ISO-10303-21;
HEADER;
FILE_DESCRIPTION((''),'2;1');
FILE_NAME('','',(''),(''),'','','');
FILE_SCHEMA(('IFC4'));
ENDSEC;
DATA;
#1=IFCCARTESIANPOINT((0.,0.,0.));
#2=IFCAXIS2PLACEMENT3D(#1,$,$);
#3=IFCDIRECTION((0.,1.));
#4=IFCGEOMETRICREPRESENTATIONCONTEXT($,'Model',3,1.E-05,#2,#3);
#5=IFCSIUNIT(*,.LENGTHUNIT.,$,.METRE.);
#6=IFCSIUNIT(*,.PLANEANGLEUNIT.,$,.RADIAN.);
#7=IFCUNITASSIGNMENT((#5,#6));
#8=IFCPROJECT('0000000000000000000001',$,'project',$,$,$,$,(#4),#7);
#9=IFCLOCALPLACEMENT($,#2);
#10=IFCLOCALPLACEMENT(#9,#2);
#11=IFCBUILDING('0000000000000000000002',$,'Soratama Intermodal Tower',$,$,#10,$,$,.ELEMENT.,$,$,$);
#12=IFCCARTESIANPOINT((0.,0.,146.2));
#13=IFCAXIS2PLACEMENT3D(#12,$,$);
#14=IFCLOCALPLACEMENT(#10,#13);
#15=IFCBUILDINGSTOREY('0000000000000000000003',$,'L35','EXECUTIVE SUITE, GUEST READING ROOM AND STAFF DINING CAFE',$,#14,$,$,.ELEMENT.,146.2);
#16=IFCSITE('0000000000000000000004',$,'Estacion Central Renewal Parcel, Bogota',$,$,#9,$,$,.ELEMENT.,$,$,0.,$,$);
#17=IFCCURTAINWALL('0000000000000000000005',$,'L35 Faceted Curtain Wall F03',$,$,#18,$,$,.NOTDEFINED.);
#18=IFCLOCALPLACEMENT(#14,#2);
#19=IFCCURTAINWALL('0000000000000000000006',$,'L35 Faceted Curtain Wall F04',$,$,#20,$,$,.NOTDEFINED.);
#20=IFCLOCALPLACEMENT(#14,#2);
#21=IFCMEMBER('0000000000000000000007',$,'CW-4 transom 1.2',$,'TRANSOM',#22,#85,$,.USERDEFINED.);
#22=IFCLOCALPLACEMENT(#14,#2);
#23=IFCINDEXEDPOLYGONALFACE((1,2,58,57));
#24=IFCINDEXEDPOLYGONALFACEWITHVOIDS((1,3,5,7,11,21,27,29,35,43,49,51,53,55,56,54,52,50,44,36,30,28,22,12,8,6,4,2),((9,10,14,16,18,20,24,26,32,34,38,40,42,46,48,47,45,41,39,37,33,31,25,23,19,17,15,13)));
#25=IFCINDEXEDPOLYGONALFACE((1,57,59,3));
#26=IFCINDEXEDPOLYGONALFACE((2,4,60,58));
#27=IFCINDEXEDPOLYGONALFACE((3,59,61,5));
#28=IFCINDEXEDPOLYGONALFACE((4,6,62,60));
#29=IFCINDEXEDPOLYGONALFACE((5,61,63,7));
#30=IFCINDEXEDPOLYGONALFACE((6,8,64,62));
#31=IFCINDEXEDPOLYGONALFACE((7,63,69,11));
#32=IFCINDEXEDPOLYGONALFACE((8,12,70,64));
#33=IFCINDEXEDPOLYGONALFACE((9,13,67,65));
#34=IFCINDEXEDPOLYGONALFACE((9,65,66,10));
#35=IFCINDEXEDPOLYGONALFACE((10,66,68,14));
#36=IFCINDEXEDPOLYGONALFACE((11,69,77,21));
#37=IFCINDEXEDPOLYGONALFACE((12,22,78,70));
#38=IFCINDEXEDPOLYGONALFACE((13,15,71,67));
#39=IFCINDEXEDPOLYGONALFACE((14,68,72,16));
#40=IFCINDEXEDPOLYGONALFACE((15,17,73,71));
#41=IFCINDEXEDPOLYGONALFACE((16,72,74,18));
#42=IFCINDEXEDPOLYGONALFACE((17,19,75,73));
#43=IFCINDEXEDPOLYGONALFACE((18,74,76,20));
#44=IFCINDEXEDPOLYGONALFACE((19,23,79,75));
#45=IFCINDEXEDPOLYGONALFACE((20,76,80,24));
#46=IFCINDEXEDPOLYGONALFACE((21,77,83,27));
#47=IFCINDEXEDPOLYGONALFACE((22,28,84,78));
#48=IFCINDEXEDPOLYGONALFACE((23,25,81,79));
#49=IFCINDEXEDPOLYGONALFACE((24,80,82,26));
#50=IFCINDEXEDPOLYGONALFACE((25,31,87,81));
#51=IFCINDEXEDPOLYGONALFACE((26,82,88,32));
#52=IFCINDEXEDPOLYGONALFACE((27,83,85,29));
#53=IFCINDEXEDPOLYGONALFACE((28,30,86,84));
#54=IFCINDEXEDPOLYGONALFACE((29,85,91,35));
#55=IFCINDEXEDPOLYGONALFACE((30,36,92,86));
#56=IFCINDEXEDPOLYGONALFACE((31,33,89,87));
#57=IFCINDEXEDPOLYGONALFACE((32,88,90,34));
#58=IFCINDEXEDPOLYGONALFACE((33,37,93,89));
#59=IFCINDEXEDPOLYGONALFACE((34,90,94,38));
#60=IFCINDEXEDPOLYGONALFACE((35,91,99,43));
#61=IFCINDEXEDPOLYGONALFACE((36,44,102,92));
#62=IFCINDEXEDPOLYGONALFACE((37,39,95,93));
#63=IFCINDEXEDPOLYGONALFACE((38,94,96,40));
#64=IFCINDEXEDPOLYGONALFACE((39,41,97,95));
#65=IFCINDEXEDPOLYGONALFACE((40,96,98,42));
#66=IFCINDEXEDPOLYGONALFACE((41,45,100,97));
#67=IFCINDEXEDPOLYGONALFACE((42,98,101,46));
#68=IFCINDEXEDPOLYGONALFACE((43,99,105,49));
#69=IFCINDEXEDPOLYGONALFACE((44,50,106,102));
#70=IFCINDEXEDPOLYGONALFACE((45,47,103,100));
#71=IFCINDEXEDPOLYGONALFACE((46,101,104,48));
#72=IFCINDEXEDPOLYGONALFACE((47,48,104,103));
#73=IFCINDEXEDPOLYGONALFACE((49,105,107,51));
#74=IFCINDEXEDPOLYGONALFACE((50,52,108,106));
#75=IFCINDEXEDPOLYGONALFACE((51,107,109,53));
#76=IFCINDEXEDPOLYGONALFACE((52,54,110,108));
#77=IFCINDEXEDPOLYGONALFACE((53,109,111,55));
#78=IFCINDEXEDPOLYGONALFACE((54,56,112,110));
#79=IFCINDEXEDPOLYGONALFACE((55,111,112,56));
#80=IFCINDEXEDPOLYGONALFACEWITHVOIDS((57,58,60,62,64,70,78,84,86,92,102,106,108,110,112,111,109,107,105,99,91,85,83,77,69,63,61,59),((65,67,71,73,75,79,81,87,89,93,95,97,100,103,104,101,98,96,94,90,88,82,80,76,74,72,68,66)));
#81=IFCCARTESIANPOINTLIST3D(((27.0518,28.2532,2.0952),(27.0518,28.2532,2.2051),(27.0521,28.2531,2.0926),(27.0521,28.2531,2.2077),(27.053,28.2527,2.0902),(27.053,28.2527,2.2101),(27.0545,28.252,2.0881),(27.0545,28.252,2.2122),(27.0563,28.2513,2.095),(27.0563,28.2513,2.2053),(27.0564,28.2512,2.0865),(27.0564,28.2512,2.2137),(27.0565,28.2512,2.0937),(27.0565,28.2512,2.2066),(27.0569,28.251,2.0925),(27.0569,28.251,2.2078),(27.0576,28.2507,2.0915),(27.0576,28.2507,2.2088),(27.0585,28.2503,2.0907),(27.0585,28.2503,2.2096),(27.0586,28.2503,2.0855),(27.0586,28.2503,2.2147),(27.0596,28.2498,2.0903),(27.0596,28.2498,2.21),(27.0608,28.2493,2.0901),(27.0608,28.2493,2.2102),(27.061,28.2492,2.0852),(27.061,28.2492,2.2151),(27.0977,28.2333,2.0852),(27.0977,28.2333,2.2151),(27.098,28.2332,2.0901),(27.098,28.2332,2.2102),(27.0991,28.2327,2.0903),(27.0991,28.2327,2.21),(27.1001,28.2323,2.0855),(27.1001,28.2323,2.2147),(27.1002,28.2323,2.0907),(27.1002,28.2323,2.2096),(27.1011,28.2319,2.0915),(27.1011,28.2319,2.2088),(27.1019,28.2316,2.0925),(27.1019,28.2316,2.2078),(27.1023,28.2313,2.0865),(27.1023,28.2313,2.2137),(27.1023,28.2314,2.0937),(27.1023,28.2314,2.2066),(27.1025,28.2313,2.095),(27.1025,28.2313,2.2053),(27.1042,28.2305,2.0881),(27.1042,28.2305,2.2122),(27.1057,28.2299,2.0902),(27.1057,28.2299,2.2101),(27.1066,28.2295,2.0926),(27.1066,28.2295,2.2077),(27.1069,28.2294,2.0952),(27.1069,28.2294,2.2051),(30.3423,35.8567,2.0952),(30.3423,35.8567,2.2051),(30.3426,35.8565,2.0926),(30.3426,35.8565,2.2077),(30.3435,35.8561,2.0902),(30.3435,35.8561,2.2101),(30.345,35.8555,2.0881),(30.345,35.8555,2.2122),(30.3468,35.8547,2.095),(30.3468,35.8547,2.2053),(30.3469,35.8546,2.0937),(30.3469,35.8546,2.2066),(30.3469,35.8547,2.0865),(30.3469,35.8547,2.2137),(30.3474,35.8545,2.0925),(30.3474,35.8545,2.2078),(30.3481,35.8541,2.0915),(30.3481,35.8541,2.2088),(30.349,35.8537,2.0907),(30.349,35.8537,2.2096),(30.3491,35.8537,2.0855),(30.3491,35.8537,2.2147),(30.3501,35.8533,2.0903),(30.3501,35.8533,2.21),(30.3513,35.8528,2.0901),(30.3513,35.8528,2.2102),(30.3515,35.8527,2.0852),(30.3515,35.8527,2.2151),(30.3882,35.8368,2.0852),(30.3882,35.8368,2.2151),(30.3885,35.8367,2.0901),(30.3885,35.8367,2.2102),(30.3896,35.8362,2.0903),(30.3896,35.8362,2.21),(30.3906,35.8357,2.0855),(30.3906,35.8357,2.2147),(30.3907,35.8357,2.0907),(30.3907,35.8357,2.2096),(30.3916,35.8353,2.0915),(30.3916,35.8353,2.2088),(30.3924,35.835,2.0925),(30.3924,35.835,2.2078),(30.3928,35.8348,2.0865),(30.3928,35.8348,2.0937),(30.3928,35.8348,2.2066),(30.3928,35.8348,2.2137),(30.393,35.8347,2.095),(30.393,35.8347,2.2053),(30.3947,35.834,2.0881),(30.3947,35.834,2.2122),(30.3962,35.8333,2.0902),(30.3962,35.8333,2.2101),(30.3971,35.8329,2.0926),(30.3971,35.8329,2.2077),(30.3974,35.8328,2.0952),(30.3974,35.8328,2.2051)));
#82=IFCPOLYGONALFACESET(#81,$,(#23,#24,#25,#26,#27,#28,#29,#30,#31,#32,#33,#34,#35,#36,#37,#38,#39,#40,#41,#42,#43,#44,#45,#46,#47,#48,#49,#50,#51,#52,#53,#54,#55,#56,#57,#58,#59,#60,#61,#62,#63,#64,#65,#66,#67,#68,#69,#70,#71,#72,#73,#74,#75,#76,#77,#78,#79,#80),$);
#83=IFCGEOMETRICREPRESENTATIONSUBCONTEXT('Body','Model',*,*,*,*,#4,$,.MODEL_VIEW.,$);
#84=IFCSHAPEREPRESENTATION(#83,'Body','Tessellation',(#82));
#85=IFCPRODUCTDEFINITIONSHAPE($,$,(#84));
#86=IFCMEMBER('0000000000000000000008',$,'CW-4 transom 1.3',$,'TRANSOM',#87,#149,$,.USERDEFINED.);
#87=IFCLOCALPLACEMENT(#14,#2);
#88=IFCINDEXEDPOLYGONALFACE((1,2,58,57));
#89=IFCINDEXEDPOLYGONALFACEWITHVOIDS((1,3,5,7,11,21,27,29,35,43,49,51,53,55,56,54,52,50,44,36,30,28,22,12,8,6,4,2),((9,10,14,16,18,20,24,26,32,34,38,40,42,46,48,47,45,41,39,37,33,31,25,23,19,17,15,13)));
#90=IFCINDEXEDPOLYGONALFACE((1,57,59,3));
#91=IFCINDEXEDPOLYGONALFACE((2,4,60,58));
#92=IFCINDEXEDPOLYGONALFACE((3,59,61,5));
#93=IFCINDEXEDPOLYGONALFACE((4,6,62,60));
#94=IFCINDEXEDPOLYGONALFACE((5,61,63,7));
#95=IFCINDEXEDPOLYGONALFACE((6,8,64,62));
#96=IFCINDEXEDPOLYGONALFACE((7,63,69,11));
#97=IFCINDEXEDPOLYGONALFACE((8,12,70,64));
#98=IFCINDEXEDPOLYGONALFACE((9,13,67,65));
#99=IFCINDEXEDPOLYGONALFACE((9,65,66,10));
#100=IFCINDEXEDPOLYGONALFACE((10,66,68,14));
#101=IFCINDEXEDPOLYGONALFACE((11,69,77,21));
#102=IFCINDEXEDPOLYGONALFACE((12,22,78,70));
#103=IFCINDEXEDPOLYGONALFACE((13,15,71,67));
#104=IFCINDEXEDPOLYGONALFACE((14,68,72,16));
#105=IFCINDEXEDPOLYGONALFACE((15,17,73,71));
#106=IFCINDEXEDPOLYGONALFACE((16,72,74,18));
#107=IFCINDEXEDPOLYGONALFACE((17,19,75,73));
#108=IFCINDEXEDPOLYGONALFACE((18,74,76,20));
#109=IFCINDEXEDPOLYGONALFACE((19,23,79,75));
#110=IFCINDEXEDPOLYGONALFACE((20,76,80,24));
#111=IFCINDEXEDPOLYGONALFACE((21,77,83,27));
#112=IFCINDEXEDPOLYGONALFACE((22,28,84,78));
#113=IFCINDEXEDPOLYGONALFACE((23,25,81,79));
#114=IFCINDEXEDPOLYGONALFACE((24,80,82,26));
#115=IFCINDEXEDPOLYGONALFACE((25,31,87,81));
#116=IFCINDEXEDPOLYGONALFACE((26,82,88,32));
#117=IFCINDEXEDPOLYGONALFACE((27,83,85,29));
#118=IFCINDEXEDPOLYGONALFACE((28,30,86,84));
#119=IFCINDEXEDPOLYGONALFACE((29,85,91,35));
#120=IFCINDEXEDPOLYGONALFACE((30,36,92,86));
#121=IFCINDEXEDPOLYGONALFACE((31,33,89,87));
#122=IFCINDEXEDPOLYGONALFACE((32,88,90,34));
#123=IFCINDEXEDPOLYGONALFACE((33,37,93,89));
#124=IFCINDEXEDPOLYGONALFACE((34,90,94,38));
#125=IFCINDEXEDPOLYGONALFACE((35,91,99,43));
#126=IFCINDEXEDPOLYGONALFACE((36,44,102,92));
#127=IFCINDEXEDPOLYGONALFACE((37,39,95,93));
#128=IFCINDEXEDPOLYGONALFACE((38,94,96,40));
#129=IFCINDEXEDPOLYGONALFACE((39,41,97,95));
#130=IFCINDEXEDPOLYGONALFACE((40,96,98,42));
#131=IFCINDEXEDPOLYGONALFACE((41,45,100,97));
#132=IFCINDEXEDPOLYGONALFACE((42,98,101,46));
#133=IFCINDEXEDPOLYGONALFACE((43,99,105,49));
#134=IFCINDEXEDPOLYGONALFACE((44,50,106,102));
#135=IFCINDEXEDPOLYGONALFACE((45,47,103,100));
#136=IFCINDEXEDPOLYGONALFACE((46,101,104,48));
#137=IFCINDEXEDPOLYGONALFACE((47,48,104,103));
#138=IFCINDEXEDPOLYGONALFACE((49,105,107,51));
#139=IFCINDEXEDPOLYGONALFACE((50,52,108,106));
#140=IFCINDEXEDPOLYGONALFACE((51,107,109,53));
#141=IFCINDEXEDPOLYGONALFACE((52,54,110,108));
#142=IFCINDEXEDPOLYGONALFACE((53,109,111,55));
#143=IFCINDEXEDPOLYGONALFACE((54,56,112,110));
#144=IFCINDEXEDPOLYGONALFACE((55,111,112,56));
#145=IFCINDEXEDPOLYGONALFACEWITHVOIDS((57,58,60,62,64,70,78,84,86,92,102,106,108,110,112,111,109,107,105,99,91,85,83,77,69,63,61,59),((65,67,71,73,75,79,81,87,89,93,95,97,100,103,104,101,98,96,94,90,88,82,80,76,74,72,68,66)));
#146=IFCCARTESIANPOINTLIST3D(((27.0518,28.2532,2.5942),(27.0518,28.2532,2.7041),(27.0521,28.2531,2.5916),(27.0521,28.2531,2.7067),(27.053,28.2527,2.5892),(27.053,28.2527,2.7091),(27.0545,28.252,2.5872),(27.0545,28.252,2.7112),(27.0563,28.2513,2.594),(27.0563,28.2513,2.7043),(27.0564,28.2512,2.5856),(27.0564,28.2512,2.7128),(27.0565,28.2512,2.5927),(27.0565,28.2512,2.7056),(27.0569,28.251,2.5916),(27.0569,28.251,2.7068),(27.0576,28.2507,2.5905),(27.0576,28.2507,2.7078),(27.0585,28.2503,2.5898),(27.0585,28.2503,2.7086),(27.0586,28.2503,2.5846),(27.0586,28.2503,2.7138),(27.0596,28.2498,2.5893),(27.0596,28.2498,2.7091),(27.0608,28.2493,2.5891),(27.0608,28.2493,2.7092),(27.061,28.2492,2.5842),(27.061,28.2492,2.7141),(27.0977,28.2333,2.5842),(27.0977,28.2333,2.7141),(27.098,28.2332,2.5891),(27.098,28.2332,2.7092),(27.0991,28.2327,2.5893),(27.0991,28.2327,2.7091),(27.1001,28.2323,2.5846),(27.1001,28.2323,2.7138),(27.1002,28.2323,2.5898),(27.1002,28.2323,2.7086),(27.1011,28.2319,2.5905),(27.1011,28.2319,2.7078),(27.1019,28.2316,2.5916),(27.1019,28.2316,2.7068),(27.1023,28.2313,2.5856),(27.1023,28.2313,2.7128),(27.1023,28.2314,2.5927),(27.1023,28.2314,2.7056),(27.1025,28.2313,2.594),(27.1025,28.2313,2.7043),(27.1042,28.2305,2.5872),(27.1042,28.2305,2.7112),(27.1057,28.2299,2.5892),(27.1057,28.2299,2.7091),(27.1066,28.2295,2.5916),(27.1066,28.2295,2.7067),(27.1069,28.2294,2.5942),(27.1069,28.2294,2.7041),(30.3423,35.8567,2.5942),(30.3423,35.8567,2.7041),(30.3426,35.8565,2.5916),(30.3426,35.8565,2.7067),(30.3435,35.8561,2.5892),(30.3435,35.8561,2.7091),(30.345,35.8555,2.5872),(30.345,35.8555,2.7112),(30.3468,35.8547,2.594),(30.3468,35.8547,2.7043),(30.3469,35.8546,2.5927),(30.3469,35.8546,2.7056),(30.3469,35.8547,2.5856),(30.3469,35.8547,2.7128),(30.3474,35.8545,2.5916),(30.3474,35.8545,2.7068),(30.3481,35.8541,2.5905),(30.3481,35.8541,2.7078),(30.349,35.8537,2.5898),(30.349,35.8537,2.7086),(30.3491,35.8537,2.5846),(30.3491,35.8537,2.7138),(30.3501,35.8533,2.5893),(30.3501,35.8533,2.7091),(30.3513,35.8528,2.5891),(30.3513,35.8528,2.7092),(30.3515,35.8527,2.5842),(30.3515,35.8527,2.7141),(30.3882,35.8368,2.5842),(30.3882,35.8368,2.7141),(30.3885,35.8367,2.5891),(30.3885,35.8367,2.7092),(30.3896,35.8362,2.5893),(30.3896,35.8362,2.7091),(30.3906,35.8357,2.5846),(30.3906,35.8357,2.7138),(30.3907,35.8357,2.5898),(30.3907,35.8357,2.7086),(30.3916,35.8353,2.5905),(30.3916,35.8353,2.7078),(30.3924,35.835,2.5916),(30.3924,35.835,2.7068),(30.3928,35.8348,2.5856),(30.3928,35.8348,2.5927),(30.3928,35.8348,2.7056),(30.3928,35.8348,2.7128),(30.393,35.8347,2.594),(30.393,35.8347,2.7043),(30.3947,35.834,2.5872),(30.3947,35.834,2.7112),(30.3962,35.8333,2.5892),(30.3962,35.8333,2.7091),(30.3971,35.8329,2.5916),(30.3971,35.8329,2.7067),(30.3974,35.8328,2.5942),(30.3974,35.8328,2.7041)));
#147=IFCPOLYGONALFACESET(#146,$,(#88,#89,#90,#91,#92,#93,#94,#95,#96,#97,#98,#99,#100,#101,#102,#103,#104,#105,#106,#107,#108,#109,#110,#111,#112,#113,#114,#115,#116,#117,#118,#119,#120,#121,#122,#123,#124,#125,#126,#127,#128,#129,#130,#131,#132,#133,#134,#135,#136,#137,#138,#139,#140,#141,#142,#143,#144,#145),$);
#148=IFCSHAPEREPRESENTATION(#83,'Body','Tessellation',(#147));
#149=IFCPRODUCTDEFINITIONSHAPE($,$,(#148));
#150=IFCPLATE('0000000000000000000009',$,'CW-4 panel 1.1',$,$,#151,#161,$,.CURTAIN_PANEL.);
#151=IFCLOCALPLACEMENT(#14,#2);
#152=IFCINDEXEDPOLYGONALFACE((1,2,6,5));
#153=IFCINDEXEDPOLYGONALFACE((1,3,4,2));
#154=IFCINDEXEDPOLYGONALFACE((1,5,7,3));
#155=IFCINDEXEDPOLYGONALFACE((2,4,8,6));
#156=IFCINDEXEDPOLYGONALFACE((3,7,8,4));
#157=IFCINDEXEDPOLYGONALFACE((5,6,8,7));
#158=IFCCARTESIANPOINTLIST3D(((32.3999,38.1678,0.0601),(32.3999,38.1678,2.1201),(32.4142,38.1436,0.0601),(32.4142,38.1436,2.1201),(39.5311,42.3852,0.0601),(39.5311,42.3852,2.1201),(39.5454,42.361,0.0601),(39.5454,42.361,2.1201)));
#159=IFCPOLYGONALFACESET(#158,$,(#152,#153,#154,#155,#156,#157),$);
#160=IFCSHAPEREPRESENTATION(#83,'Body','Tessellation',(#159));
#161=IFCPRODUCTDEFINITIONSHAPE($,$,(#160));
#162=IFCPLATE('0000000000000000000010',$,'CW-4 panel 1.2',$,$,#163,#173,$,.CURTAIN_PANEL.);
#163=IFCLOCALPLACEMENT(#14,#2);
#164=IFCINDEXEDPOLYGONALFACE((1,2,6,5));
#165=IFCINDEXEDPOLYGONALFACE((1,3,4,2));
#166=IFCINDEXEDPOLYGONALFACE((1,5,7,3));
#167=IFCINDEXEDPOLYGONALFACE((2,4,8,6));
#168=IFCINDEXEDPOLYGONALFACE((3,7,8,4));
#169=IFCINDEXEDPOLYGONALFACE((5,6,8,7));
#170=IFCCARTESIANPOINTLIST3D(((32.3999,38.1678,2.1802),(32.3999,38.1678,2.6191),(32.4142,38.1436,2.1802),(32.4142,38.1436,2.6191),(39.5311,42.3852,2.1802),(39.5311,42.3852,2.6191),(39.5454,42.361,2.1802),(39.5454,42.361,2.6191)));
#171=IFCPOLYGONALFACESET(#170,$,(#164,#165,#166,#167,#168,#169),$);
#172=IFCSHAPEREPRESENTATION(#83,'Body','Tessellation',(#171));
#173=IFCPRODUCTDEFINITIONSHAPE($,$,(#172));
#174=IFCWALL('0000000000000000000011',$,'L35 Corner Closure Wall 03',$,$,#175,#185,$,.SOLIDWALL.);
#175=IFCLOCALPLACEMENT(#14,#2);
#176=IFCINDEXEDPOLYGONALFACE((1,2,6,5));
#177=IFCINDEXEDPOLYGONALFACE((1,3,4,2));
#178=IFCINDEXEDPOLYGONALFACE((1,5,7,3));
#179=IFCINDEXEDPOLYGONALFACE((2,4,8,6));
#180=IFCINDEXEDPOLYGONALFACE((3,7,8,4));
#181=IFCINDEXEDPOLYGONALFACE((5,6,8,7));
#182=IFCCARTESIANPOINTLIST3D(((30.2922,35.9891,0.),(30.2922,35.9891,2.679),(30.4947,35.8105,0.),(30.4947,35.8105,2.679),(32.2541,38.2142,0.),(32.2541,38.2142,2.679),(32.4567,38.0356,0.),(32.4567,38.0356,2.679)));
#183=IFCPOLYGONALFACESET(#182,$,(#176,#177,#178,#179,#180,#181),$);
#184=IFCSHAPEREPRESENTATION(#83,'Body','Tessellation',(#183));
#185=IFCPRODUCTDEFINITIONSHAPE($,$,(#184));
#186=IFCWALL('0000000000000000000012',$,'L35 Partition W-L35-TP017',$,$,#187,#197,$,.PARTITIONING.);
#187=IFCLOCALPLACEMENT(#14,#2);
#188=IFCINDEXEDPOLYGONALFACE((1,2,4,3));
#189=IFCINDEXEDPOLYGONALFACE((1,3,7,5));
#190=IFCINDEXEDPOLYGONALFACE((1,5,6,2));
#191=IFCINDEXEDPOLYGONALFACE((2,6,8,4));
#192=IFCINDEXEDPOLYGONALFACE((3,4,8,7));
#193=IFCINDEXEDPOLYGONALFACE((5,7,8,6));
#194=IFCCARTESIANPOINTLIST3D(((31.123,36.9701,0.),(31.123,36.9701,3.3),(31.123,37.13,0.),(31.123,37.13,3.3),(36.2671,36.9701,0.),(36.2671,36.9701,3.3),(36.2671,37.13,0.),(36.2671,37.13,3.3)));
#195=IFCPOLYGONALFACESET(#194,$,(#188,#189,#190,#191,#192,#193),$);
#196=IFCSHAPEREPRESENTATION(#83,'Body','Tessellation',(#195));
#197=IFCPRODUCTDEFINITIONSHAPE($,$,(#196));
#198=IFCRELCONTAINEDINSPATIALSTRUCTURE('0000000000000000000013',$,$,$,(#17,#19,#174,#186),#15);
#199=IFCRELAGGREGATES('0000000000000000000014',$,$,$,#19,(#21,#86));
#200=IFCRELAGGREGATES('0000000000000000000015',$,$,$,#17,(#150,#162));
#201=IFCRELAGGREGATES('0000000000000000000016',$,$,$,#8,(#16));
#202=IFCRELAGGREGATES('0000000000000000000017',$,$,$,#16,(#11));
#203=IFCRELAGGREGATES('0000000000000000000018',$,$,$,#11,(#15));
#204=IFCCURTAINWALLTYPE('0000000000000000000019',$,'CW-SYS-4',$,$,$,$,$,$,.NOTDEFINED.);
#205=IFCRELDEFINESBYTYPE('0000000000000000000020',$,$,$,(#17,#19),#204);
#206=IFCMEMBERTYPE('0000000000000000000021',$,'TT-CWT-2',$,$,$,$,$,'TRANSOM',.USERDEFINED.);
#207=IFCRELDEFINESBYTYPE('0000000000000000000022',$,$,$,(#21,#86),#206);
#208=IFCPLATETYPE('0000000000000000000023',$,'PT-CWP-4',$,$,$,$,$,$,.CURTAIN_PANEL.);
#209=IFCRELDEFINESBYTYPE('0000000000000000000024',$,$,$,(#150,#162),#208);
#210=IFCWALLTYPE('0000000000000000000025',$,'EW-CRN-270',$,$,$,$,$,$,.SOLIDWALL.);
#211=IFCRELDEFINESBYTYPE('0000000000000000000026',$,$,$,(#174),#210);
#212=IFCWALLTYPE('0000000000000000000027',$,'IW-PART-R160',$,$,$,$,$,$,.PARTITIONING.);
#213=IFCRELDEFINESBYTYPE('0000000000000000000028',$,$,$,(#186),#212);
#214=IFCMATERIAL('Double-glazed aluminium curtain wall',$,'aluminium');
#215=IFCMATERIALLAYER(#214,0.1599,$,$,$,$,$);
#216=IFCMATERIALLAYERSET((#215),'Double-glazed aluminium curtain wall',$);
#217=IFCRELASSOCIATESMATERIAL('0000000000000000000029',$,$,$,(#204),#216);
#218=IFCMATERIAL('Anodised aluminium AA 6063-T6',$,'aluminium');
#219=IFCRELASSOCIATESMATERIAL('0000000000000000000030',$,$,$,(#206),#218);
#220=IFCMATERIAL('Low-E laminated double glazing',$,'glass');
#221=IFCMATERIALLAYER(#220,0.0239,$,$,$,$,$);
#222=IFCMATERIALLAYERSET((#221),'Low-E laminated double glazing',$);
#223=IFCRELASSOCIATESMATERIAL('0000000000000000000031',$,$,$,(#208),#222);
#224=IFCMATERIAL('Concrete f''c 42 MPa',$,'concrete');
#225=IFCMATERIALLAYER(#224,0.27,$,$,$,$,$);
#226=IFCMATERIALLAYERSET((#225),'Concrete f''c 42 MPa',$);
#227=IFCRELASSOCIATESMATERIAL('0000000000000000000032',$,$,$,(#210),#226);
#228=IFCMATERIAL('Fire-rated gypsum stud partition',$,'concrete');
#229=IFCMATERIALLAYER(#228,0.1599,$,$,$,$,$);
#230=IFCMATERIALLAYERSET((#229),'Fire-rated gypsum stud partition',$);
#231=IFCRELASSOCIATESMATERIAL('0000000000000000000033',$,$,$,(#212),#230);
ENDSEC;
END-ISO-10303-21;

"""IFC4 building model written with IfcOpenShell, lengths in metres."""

from ifc_helpers import new_model, si_unit, direction, frame, frame_2d, origin, origin_2d, place, context, subcontext, project, spatial, rectangle, hollow_rectangle, extrude, material, layer, layer_set, material_profile, profile_set, type_object, element, aggregate, save


model = new_model("IFC4")

# Units and contexts
model_context = context("Model", 3, precision=1e-05, world=origin(), true_north=direction((0.0, 1.0)))
body_context = subcontext(model_context, "Body", "Model", "MODEL_VIEW")
ifc_project = project(units=[si_unit("LENGTHUNIT", "METRE"), si_unit("PLANEANGLEUNIT", "RADIAN")], contexts=[model_context])

# Site, building, storey
site_placement = place(None, origin())
site = spatial("IfcSite", under=ifc_project, at=site_placement, Name="Estacion Central Renewal Parcel, Bogota", CompositionType="ELEMENT", RefElevation=0.0)
building_placement = place(site_placement, origin())
building = spatial("IfcBuilding", under=site, at=building_placement, Name="Soratama Intermodal Tower", CompositionType="ELEMENT")
storey_placement = place(building_placement, frame((0.0, 0.0, 146.2)))
storey = spatial("IfcBuildingStorey", under=building, at=storey_placement, Name="L35", Description="EXECUTIVE SUITE, GUEST READING ROOM AND STAFF DINING CAFE", CompositionType="ELEMENT", Elevation=146.2)

# Curtain wall
ifc_material_1 = material(Name="Double-glazed aluminium curtain wall", Category="aluminium")
ifc_layer_1 = layer(ifc_material_1, 0.1599)
ifc_layer_set_1 = layer_set([ifc_layer_1], Name="Double-glazed aluminium curtain wall")
curtain_wall_type = type_object("IfcCurtainWallType", Name="CW-SYS-4", PredefinedType="NOTDEFINED", material=ifc_layer_set_1)
curtain_wall_1_placement = place(storey_placement, origin())
curtain_wall_1 = element("IfcCurtainWall", 1, at=curtain_wall_1_placement, inside=storey, type_object=curtain_wall_type, Name="L35 Faceted Curtain Wall F03", PredefinedType="NOTDEFINED")

# Curtain wall
curtain_wall_2_placement = place(storey_placement, origin())
curtain_wall_2 = element("IfcCurtainWall", 2, at=curtain_wall_2_placement, inside=storey, type_object=curtain_wall_type, Name="L35 Faceted Curtain Wall F04", PredefinedType="NOTDEFINED")

# Members
ifc_material_2 = material(Name="Anodised aluminium AA 6063-T6", Category="aluminium")
ifc_material_profile_1 = material_profile(ifc_material_2, hollow_rectangle(XDim=0.0601, YDim=0.1299, WallThickness=0.0049, InnerFilletRadius=0.0049, OuterFilletRadius=0.01, at=origin_2d()), Name="CWT130X60X5")
ifc_profile_set_1 = profile_set([ifc_material_profile_1], Name="Anodised aluminium AA 6063-T6")
member_type_1 = type_object("IfcMemberType", Name="TT-CWT-2", ElementType="TRANSOM", PredefinedType="USERDEFINED", material=ifc_profile_set_1)
member_1_placement = place(storey_placement, frame((30.3699, 35.8447, 2.1501), z_axis=(-0.397167, -0.917746, 0.0), x_axis=(0.917746, -0.397167, 0.0)))
member_1 = element("IfcMember", 3, at=member_1_placement, type_object=member_type_1, Name="CW-4 transom 1.2", ObjectType="TRANSOM", PredefinedType="USERDEFINED", context=body_context, shape_type="SweptSolid", body=[
    extrude(hollow_rectangle(XDim=0.0601, YDim=0.1299, WallThickness=0.0049, InnerFilletRadius=0.0049, OuterFilletRadius=0.01, at=origin_2d()), origin(), (0.0, 0.0, 1.0), 8.2849),
])
member_2_placement = place(storey_placement, frame((30.3699, 35.8447, 2.6492), z_axis=(-0.397167, -0.917746, 0.0), x_axis=(0.917746, -0.397167, 0.0)))
member_2 = element("IfcMember", 4, at=member_2_placement, type_object=member_type_1, Name="CW-4 transom 1.3", ObjectType="TRANSOM", PredefinedType="USERDEFINED", context=body_context, shape_type="SweptSolid", body=[
    extrude(hollow_rectangle(XDim=0.0601, YDim=0.1299, WallThickness=0.0049, InnerFilletRadius=0.0049, OuterFilletRadius=0.01, at=origin_2d()), origin(), (0.0, 0.0, 1.0), 8.2849),
])
aggregate(curtain_wall_2, [member_1, member_2])

# Plates
ifc_material_3 = material(Name="Low-E laminated double glazing", Category="glass")
ifc_layer_2 = layer(ifc_material_3, 0.0239)
ifc_layer_set_2 = layer_set([ifc_layer_2], Name="Low-E laminated double glazing")
plate_type = type_object("IfcPlateType", Name="PT-CWP-4", PredefinedType="CURTAIN_PANEL", material=ifc_layer_set_2)
plate_1_placement = place(storey_placement, frame((35.9727, 40.2644, 0.0601), z_axis=(0.0, 0.0, 1.0), x_axis=(-0.860741, -0.509044, 0.0)))
plate_1 = element("IfcPlate", 5, at=plate_1_placement, type_object=plate_type, Name="CW-4 panel 1.1", PredefinedType="CURTAIN_PANEL", context=body_context, shape_type="SweptSolid", body=[
    extrude(rectangle(XDim=8.2849, YDim=0.0281, at=origin_2d()), origin(), (0.0, 0.0, 1.0), 2.0601),
])
plate_2_placement = place(storey_placement, frame((35.9727, 40.2644, 2.1802), z_axis=(0.0, 0.0, 1.0), x_axis=(-0.860741, -0.509044, 0.0)))
plate_2 = element("IfcPlate", 6, at=plate_2_placement, type_object=plate_type, Name="CW-4 panel 1.2", PredefinedType="CURTAIN_PANEL", context=body_context, shape_type="SweptSolid", body=[
    extrude(rectangle(XDim=8.2849, YDim=0.0281, at=origin_2d()), origin(), (0.0, 0.0, 1.0), 0.439),
])
aggregate(curtain_wall_1, [plate_1, plate_2])

# Walls
ifc_material_4 = material(Name="Concrete f'c 42 MPa", Category="concrete")
ifc_layer_3 = layer(ifc_material_4, 0.27)
ifc_layer_set_3 = layer_set([ifc_layer_3], Name="Concrete f'c 42 MPa")
wall_type_1 = type_object("IfcWallType", Name="EW-CRN-270", PredefinedType="SOLIDWALL", material=ifc_layer_set_3)
wall_1_placement = place(storey_placement, frame((32.3555, 38.125, 0.0), z_axis=(0.0, 0.0, 1.0), x_axis=(-0.661355, -0.750073, 0.0)))
element("IfcWall", 7, at=wall_1_placement, inside=storey, type_object=wall_type_1, Name="L35 Corner Closure Wall 03", PredefinedType="SOLIDWALL", context=body_context, shape_type="SweptSolid", body=[
    extrude(rectangle(XDim=2.9666, YDim=0.27, at=frame_2d((1.4834, 0.0))), origin(), (0.0, 0.0, 1.0), 2.679),
])
ifc_material_5 = material(Name="Fire-rated gypsum stud partition", Category="concrete")
ifc_layer_4 = layer(ifc_material_5, 0.1599)
ifc_layer_set_4 = layer_set([ifc_layer_4], Name="Fire-rated gypsum stud partition")
wall_type_2 = type_object("IfcWallType", Name="IW-PART-R160", PredefinedType="PARTITIONING", material=ifc_layer_set_4)
wall_2_placement = place(storey_placement, frame((31.123, 37.05, 0.0), z_axis=(0.0, 0.0, 1.0), x_axis=(1.0, 0.0, 0.0)))
element("IfcWall", 8, at=wall_2_placement, inside=storey, type_object=wall_type_2, Name="L35 Partition W-L35-TP017", PredefinedType="PARTITIONING", context=body_context, shape_type="SweptSolid", body=[
    extrude(rectangle(XDim=5.144, YDim=0.1599, at=frame_2d((2.572, 0.0))), origin(), (0.0, 0.0, 1.0), 3.3),
])

save(model, "model.ifc")
